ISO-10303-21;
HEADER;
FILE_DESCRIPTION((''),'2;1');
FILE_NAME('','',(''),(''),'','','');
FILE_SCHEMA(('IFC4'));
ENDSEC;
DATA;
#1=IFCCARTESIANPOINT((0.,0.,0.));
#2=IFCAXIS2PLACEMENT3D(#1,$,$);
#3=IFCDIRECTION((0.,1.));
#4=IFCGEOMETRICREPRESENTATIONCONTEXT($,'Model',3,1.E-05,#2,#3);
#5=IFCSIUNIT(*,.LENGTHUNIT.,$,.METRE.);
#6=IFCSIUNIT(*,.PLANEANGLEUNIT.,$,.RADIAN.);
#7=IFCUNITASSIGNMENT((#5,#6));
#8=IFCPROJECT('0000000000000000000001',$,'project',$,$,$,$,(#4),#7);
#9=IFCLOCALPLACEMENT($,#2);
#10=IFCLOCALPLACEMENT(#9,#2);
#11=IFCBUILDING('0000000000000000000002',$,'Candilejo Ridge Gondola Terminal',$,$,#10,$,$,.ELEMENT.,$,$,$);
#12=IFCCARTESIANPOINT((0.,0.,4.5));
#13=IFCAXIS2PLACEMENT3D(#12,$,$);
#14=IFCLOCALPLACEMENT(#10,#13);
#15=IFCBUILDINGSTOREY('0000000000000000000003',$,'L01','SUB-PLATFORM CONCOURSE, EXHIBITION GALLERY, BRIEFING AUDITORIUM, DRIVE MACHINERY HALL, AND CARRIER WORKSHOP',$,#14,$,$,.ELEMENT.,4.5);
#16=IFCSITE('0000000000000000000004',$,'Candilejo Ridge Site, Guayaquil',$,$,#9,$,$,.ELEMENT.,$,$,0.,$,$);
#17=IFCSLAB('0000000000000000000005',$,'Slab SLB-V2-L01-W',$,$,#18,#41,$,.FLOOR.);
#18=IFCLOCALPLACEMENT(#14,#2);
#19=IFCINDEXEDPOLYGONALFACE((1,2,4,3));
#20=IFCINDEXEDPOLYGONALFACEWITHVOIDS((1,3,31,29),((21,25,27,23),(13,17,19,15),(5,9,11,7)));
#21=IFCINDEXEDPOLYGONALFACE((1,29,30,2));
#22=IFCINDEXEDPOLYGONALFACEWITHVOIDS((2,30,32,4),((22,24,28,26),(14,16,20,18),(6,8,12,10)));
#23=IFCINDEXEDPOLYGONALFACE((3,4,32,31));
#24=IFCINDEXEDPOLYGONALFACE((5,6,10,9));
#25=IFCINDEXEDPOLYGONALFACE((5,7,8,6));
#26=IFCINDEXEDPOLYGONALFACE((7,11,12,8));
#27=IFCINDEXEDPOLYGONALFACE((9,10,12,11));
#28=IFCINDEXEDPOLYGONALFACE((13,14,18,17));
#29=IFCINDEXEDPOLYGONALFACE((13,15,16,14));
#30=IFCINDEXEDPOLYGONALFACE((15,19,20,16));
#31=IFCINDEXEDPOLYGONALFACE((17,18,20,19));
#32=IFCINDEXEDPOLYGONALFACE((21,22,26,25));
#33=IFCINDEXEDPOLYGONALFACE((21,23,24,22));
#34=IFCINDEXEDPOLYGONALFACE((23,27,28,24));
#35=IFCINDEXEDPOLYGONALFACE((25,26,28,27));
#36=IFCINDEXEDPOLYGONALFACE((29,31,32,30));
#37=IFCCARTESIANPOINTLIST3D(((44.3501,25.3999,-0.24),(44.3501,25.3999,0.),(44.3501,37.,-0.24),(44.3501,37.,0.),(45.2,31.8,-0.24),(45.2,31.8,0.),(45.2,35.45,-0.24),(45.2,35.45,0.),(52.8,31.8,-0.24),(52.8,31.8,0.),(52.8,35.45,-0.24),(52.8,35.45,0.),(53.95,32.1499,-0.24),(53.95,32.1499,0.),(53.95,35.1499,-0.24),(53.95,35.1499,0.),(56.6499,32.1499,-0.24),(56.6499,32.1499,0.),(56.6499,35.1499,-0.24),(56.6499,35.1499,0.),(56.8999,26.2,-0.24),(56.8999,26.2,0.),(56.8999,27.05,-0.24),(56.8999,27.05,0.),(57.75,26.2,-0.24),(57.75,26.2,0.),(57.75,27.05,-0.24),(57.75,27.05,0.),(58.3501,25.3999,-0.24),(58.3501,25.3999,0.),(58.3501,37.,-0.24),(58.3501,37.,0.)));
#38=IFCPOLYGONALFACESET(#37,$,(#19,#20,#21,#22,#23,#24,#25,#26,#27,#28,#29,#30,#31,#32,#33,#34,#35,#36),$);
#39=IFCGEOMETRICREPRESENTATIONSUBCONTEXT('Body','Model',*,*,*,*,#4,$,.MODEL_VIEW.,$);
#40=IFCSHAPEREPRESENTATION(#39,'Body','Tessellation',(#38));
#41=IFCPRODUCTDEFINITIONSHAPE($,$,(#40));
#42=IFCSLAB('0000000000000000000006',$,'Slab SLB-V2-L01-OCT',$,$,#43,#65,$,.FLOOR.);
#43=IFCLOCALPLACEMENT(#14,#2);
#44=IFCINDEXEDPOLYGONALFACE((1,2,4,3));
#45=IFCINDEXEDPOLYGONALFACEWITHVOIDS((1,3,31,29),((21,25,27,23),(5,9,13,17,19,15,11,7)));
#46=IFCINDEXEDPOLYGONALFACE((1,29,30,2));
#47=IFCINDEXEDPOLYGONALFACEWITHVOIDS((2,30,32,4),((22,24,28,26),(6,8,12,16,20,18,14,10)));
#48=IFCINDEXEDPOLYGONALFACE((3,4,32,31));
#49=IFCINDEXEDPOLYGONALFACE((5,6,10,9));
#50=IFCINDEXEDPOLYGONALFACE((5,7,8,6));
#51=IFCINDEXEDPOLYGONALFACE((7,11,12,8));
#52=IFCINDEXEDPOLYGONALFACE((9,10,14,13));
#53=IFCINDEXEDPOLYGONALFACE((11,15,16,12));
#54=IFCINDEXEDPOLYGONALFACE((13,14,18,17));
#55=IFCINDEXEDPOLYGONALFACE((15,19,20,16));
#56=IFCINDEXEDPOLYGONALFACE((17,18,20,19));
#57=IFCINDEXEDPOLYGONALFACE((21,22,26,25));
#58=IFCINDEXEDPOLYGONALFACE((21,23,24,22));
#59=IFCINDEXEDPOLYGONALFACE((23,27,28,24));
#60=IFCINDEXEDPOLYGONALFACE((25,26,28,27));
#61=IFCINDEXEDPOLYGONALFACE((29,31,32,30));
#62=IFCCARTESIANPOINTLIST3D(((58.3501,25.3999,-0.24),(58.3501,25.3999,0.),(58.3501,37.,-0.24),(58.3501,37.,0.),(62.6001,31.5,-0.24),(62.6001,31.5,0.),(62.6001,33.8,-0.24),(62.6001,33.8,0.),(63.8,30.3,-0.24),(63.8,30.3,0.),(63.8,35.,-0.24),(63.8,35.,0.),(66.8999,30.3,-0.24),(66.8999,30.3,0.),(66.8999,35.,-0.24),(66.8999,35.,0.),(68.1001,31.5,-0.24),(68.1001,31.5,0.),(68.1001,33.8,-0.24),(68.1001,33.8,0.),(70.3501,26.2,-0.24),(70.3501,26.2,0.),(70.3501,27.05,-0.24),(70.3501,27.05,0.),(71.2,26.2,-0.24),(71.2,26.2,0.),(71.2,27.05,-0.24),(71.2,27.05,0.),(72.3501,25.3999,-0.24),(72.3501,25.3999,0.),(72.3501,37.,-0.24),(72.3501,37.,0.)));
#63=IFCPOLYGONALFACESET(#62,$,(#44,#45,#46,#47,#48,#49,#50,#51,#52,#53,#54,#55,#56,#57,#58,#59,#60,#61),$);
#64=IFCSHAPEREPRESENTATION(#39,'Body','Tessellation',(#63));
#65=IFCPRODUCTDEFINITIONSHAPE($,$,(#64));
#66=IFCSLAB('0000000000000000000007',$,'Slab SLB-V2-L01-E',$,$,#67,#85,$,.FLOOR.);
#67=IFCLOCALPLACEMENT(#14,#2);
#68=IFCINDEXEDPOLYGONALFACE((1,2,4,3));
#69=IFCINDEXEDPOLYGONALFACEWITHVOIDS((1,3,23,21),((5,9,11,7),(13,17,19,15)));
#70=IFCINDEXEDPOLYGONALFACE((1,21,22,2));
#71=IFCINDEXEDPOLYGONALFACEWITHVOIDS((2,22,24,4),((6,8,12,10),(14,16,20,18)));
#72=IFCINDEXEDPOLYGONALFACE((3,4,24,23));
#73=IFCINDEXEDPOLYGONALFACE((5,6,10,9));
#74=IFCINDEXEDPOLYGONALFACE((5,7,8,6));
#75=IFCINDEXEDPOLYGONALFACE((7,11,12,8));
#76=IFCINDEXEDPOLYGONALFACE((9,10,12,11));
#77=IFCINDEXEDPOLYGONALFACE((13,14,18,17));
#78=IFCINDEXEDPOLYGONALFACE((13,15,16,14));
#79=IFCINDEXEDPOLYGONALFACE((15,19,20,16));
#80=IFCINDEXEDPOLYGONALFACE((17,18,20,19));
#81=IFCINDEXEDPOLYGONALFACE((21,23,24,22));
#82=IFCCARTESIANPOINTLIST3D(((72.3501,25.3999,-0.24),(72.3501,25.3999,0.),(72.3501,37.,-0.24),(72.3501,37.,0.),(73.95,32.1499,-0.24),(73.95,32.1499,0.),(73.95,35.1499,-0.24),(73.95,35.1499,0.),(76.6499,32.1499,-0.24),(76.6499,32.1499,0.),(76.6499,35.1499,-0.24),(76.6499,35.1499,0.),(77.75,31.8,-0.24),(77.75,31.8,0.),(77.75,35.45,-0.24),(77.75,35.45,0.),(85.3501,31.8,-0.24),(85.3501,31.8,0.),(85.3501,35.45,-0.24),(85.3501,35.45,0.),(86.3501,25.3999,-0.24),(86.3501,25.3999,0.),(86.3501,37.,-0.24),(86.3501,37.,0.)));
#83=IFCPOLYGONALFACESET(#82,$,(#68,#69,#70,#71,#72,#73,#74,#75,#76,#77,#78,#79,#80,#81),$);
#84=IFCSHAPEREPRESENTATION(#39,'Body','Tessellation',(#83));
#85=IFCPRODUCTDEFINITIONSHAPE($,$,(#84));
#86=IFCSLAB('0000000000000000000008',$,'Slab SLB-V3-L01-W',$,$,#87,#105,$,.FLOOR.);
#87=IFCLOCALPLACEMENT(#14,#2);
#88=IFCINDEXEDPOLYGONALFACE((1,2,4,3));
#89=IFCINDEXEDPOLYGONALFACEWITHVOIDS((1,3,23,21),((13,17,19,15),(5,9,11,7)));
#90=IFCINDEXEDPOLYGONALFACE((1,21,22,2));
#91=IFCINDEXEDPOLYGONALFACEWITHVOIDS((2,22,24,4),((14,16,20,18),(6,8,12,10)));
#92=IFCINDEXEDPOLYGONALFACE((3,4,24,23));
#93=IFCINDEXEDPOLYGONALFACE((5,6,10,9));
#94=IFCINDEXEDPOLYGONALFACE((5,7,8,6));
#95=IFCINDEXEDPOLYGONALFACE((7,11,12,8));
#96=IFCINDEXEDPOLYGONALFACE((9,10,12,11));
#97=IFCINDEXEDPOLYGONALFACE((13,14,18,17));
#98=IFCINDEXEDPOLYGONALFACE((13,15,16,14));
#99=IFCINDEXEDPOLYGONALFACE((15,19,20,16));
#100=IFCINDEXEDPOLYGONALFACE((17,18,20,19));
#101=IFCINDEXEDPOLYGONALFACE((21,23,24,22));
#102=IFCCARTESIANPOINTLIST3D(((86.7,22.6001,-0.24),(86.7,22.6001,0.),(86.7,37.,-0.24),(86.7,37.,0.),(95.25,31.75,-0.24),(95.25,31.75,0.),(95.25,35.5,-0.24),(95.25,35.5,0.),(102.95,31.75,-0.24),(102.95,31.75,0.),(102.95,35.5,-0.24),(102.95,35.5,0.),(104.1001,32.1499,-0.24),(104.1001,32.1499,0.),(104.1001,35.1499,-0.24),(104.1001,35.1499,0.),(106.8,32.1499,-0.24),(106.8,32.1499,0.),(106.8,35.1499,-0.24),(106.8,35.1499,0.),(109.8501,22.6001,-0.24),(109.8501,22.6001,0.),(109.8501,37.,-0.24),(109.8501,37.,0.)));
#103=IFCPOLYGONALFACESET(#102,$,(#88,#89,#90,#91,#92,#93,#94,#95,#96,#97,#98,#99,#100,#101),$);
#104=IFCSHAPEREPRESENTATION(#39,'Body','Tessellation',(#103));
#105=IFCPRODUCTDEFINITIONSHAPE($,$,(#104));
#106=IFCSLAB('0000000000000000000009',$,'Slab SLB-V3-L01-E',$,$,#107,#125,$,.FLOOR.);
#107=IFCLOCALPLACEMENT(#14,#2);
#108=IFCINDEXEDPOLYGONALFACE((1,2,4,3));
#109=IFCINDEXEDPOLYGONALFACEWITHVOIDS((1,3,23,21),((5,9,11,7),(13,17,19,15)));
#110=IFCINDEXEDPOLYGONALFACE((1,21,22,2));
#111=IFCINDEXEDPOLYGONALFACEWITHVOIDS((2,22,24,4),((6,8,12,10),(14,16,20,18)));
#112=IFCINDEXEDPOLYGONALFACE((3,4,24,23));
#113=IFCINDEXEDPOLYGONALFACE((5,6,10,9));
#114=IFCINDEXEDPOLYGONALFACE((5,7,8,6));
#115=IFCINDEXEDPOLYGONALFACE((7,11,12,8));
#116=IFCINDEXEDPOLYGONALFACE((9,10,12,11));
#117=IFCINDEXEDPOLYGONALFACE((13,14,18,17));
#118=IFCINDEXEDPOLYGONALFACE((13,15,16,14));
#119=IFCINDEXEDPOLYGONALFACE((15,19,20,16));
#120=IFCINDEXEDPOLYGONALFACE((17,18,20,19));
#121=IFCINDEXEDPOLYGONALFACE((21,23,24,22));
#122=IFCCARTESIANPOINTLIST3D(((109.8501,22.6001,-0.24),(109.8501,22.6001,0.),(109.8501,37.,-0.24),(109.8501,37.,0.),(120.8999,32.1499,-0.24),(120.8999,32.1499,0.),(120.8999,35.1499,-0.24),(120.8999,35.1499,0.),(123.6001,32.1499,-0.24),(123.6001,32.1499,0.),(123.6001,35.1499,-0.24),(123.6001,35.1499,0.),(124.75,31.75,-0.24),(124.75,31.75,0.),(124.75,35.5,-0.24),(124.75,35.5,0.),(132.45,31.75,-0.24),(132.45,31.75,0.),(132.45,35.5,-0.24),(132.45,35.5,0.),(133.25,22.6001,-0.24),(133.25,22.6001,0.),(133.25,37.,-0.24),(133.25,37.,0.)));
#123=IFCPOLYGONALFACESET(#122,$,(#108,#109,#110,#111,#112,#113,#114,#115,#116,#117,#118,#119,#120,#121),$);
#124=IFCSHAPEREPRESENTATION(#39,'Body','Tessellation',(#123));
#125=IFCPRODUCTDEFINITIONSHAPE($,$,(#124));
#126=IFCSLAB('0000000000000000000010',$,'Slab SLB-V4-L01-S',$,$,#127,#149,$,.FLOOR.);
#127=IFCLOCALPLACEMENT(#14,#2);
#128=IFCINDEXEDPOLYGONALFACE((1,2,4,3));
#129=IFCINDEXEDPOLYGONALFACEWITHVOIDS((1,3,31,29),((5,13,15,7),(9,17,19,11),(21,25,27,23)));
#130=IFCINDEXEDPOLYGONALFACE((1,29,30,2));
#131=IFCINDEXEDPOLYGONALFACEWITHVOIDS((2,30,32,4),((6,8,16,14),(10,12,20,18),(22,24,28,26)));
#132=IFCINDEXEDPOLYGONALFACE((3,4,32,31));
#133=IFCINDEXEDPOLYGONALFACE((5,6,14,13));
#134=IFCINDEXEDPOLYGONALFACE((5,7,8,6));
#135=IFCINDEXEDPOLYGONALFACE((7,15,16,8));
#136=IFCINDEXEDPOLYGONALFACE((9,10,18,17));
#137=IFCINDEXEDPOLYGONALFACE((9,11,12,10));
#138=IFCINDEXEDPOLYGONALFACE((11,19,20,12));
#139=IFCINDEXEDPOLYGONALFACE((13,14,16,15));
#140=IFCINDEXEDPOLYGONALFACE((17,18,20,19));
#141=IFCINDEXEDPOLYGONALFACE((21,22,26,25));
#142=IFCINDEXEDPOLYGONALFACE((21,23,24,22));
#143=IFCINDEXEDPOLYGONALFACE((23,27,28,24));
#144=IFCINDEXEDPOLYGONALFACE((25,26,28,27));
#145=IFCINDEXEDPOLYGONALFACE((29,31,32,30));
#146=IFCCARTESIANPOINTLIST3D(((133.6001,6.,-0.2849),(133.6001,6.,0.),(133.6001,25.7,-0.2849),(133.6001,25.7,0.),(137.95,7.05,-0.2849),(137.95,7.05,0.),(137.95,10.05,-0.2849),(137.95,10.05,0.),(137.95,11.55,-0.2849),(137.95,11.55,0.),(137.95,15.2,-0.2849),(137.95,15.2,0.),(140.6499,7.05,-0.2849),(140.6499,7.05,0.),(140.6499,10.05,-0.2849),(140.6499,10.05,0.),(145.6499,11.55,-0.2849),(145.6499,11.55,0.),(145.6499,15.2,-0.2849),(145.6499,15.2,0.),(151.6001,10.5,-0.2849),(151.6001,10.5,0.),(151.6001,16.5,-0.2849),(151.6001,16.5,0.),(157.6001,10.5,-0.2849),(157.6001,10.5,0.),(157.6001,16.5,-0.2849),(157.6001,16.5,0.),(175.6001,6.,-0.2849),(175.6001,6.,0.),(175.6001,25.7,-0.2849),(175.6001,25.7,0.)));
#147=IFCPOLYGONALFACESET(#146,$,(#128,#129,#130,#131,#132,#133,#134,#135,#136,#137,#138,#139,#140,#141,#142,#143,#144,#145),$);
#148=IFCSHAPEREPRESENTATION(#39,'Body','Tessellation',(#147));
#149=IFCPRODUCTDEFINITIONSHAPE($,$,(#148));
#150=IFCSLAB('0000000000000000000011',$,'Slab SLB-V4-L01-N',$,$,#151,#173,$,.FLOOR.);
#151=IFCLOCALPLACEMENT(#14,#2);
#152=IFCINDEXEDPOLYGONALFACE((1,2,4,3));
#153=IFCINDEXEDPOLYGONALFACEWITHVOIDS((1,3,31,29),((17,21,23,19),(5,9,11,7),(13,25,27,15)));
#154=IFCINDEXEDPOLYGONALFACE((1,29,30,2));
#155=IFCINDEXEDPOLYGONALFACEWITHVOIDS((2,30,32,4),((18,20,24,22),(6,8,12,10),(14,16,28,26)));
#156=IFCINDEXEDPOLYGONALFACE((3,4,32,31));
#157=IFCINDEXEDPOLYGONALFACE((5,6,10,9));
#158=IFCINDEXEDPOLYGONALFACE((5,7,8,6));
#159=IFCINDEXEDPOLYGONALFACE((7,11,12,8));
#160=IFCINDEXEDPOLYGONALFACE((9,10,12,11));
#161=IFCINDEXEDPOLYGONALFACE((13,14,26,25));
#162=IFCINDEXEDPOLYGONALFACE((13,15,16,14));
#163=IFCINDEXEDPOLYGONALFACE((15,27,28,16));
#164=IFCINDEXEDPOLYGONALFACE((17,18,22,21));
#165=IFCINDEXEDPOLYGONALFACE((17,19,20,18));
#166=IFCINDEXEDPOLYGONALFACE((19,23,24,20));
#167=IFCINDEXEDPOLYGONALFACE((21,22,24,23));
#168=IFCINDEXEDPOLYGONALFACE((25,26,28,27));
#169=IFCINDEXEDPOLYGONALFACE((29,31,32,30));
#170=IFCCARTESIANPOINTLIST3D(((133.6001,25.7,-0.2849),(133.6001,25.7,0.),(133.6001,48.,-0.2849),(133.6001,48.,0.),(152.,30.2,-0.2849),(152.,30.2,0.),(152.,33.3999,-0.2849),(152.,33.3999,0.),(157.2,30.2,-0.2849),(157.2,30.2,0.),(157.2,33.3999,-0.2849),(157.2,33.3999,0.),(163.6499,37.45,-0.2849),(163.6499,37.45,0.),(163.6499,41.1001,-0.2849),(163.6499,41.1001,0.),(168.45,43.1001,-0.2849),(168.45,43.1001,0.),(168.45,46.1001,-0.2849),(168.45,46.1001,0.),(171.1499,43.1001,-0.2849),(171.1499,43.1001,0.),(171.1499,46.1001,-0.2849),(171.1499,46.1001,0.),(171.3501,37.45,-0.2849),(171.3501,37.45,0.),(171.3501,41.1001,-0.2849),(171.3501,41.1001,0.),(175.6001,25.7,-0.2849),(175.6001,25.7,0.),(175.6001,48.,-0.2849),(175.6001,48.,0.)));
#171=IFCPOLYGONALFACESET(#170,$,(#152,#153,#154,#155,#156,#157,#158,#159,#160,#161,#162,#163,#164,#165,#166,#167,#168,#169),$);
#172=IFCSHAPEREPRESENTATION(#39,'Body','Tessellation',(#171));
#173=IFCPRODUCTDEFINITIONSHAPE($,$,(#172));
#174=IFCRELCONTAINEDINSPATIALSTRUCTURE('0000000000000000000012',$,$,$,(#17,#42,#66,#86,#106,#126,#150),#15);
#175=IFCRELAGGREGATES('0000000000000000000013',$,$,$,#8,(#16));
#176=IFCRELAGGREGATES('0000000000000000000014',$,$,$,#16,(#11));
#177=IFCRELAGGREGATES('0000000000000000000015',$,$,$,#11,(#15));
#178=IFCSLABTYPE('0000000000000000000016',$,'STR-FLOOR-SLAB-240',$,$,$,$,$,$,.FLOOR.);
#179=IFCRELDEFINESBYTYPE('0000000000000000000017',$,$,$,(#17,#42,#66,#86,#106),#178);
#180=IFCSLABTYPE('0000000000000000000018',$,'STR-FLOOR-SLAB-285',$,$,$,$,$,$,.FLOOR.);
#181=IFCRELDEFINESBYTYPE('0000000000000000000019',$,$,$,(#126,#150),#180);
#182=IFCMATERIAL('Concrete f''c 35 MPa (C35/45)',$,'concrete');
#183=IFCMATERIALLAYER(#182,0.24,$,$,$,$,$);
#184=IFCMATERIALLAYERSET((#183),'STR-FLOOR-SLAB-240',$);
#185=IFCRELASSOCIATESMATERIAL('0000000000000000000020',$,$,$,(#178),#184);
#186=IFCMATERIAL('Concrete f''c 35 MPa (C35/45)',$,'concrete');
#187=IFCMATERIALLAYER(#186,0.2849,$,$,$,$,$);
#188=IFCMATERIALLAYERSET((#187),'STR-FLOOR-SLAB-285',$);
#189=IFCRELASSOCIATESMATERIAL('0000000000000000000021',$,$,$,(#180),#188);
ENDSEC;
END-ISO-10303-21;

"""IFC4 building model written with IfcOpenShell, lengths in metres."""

from ifc_helpers import new_model, si_unit, direction, frame, origin, place, context, subcontext, project, spatial, polyline, outline, extrude, material, layer, layer_set, type_object, element, save


model = new_model("IFC4")

# Units and contexts
model_context = context("Model", 3, precision=1e-05, world=origin(), true_north=direction((0.0, 1.0)))
body_context = subcontext(model_context, "Body", "Model", "MODEL_VIEW")
ifc_project = project(units=[si_unit("LENGTHUNIT", "METRE"), si_unit("PLANEANGLEUNIT", "RADIAN")], contexts=[model_context])

# Site, building, storey
site_placement = place(None, origin())
site = spatial("IfcSite", under=ifc_project, at=site_placement, Name="Candilejo Ridge Site, Guayaquil", CompositionType="ELEMENT", RefElevation=0.0)
building_placement = place(site_placement, origin())
building = spatial("IfcBuilding", under=site, at=building_placement, Name="Candilejo Ridge Gondola Terminal", CompositionType="ELEMENT")
storey_placement = place(building_placement, frame((0.0, 0.0, 4.5)))
storey = spatial("IfcBuildingStorey", under=building, at=storey_placement, Name="L01", Description="SUB-PLATFORM CONCOURSE, EXHIBITION GALLERY, BRIEFING AUDITORIUM, DRIVE MACHINERY HALL, AND CARRIER WORKSHOP", CompositionType="ELEMENT", Elevation=4.5)

# Slabs
ifc_material_1 = material(Name="Concrete f'c 35 MPa (C35/45)", Category="concrete")
ifc_layer_1 = layer(ifc_material_1, 0.24)
ifc_layer_set_1 = layer_set([ifc_layer_1], Name="STR-FLOOR-SLAB-240")
slab_type_1 = type_object("IfcSlabType", Name="STR-FLOOR-SLAB-240", PredefinedType="FLOOR", material=ifc_layer_set_1)
slab_1_placement = place(storey_placement, frame((0.0, 0.0, -0.24)))
element("IfcSlab", 1, at=slab_1_placement, inside=storey, type_object=slab_type_1, Name="Slab SLB-V2-L01-W", PredefinedType="FLOOR", context=body_context, shape_type="SweptSolid", body=[
    extrude(outline(polyline([(44.3501, 25.3999), (58.3501, 25.3999), (58.3501, 37.0), (44.3501, 37.0), (44.3501, 25.3999)]), holes=[polyline([(45.2, 31.8), (52.8, 31.8), (52.8, 35.45), (45.2, 35.45), (45.2, 31.8)]), polyline([(53.95, 32.1499), (56.6499, 32.1499), (56.6499, 35.1499), (53.95, 35.1499), (53.95, 32.1499)]), polyline([(56.8999, 26.2), (57.75, 26.2), (57.75, 27.05), (56.8999, 27.05), (56.8999, 26.2)])]), origin(), (0.0, 0.0, 1.0), 0.24),
])
slab_2_placement = place(storey_placement, frame((0.0, 0.0, -0.24)))
element("IfcSlab", 2, at=slab_2_placement, inside=storey, type_object=slab_type_1, Name="Slab SLB-V2-L01-OCT", PredefinedType="FLOOR", context=body_context, shape_type="SweptSolid", body=[
    extrude(outline(polyline([(58.3501, 25.3999), (72.3501, 25.3999), (72.3501, 37.0), (58.3501, 37.0), (58.3501, 25.3999)]), holes=[polyline([(70.3501, 26.2), (71.2, 26.2), (71.2, 27.05), (70.3501, 27.05), (70.3501, 26.2)]), polyline([(63.8, 30.3), (66.8999, 30.3), (68.1001, 31.5), (68.1001, 33.8), (66.8999, 35.0), (63.8, 35.0), (62.6001, 33.8), (62.6001, 31.5), (63.8, 30.3)])]), origin(), (0.0, 0.0, 1.0), 0.24),
])
slab_3_placement = place(storey_placement, frame((0.0, 0.0, -0.24)))
element("IfcSlab", 3, at=slab_3_placement, inside=storey, type_object=slab_type_1, Name="Slab SLB-V2-L01-E", PredefinedType="FLOOR", context=body_context, shape_type="SweptSolid", body=[
    extrude(outline(polyline([(72.3501, 25.3999), (86.3501, 25.3999), (86.3501, 37.0), (72.3501, 37.0), (72.3501, 25.3999)]), holes=[polyline([(77.75, 31.8), (85.3501, 31.8), (85.3501, 35.45), (77.75, 35.45), (77.75, 31.8)]), polyline([(73.95, 32.1499), (76.6499, 32.1499), (76.6499, 35.1499), (73.95, 35.1499), (73.95, 32.1499)])]), origin(), (0.0, 0.0, 1.0), 0.24),
])
slab_4_placement = place(storey_placement, frame((0.0, 0.0, -0.24)))
element("IfcSlab", 4, at=slab_4_placement, inside=storey, type_object=slab_type_1, Name="Slab SLB-V3-L01-W", PredefinedType="FLOOR", context=body_context, shape_type="SweptSolid", body=[
    extrude(outline(polyline([(86.7, 22.6001), (109.8501, 22.6001), (109.8501, 37.0), (86.7, 37.0), (86.7, 22.6001)]), holes=[polyline([(95.25, 31.75), (102.95, 31.75), (102.95, 35.5), (95.25, 35.5), (95.25, 31.75)]), polyline([(104.1001, 32.1499), (106.8, 32.1499), (106.8, 35.1499), (104.1001, 35.1499), (104.1001, 32.1499)])]), origin(), (0.0, 0.0, 1.0), 0.24),
])
slab_5_placement = place(storey_placement, frame((0.0, 0.0, -0.24)))
element("IfcSlab", 5, at=slab_5_placement, inside=storey, type_object=slab_type_1, Name="Slab SLB-V3-L01-E", PredefinedType="FLOOR", context=body_context, shape_type="SweptSolid", body=[
    extrude(outline(polyline([(109.8501, 22.6001), (133.25, 22.6001), (133.25, 37.0), (109.8501, 37.0), (109.8501, 22.6001)]), holes=[polyline([(124.75, 31.75), (132.45, 31.75), (132.45, 35.5), (124.75, 35.5), (124.75, 31.75)]), polyline([(120.8999, 32.1499), (123.6001, 32.1499), (123.6001, 35.1499), (120.8999, 35.1499), (120.8999, 32.1499)])]), origin(), (0.0, 0.0, 1.0), 0.24),
])
ifc_material_2 = material(Name="Concrete f'c 35 MPa (C35/45)", Category="concrete")
ifc_layer_2 = layer(ifc_material_2, 0.2849)
ifc_layer_set_2 = layer_set([ifc_layer_2], Name="STR-FLOOR-SLAB-285")
slab_type_2 = type_object("IfcSlabType", Name="STR-FLOOR-SLAB-285", PredefinedType="FLOOR", material=ifc_layer_set_2)
slab_6_placement = place(storey_placement, frame((0.0, 0.0, -0.2849)))
element("IfcSlab", 6, at=slab_6_placement, inside=storey, type_object=slab_type_2, Name="Slab SLB-V4-L01-S", PredefinedType="FLOOR", context=body_context, shape_type="SweptSolid", body=[
    extrude(outline(polyline([(133.6001, 6.0), (175.6001, 6.0), (175.6001, 25.7), (133.6001, 25.7), (133.6001, 6.0)]), holes=[polyline([(137.95, 11.55), (145.6499, 11.55), (145.6499, 15.2), (137.95, 15.2), (137.95, 11.55)]), polyline([(137.95, 7.05), (140.6499, 7.05), (140.6499, 10.05), (137.95, 10.05), (137.95, 7.05)]), polyline([(151.6001, 10.5), (157.6001, 10.5), (157.6001, 16.5), (151.6001, 16.5), (151.6001, 10.5)])]), origin(), (0.0, 0.0, 1.0), 0.2849),
])
slab_7_placement = place(storey_placement, frame((0.0, 0.0, -0.2849)))
element("IfcSlab", 7, at=slab_7_placement, inside=storey, type_object=slab_type_2, Name="Slab SLB-V4-L01-N", PredefinedType="FLOOR", context=body_context, shape_type="SweptSolid", body=[
    extrude(outline(polyline([(133.6001, 25.7), (175.6001, 25.7), (175.6001, 48.0), (133.6001, 48.0), (133.6001, 25.7)]), holes=[polyline([(163.6499, 37.45), (171.3501, 37.45), (171.3501, 41.1001), (163.6499, 41.1001), (163.6499, 37.45)]), polyline([(168.45, 43.1001), (171.1499, 43.1001), (171.1499, 46.1001), (168.45, 46.1001), (168.45, 43.1001)]), polyline([(152.0, 30.2), (157.2, 30.2), (157.2, 33.3999), (152.0, 33.3999), (152.0, 30.2)])]), origin(), (0.0, 0.0, 1.0), 0.2849),
])

save(model, "model.ifc")
